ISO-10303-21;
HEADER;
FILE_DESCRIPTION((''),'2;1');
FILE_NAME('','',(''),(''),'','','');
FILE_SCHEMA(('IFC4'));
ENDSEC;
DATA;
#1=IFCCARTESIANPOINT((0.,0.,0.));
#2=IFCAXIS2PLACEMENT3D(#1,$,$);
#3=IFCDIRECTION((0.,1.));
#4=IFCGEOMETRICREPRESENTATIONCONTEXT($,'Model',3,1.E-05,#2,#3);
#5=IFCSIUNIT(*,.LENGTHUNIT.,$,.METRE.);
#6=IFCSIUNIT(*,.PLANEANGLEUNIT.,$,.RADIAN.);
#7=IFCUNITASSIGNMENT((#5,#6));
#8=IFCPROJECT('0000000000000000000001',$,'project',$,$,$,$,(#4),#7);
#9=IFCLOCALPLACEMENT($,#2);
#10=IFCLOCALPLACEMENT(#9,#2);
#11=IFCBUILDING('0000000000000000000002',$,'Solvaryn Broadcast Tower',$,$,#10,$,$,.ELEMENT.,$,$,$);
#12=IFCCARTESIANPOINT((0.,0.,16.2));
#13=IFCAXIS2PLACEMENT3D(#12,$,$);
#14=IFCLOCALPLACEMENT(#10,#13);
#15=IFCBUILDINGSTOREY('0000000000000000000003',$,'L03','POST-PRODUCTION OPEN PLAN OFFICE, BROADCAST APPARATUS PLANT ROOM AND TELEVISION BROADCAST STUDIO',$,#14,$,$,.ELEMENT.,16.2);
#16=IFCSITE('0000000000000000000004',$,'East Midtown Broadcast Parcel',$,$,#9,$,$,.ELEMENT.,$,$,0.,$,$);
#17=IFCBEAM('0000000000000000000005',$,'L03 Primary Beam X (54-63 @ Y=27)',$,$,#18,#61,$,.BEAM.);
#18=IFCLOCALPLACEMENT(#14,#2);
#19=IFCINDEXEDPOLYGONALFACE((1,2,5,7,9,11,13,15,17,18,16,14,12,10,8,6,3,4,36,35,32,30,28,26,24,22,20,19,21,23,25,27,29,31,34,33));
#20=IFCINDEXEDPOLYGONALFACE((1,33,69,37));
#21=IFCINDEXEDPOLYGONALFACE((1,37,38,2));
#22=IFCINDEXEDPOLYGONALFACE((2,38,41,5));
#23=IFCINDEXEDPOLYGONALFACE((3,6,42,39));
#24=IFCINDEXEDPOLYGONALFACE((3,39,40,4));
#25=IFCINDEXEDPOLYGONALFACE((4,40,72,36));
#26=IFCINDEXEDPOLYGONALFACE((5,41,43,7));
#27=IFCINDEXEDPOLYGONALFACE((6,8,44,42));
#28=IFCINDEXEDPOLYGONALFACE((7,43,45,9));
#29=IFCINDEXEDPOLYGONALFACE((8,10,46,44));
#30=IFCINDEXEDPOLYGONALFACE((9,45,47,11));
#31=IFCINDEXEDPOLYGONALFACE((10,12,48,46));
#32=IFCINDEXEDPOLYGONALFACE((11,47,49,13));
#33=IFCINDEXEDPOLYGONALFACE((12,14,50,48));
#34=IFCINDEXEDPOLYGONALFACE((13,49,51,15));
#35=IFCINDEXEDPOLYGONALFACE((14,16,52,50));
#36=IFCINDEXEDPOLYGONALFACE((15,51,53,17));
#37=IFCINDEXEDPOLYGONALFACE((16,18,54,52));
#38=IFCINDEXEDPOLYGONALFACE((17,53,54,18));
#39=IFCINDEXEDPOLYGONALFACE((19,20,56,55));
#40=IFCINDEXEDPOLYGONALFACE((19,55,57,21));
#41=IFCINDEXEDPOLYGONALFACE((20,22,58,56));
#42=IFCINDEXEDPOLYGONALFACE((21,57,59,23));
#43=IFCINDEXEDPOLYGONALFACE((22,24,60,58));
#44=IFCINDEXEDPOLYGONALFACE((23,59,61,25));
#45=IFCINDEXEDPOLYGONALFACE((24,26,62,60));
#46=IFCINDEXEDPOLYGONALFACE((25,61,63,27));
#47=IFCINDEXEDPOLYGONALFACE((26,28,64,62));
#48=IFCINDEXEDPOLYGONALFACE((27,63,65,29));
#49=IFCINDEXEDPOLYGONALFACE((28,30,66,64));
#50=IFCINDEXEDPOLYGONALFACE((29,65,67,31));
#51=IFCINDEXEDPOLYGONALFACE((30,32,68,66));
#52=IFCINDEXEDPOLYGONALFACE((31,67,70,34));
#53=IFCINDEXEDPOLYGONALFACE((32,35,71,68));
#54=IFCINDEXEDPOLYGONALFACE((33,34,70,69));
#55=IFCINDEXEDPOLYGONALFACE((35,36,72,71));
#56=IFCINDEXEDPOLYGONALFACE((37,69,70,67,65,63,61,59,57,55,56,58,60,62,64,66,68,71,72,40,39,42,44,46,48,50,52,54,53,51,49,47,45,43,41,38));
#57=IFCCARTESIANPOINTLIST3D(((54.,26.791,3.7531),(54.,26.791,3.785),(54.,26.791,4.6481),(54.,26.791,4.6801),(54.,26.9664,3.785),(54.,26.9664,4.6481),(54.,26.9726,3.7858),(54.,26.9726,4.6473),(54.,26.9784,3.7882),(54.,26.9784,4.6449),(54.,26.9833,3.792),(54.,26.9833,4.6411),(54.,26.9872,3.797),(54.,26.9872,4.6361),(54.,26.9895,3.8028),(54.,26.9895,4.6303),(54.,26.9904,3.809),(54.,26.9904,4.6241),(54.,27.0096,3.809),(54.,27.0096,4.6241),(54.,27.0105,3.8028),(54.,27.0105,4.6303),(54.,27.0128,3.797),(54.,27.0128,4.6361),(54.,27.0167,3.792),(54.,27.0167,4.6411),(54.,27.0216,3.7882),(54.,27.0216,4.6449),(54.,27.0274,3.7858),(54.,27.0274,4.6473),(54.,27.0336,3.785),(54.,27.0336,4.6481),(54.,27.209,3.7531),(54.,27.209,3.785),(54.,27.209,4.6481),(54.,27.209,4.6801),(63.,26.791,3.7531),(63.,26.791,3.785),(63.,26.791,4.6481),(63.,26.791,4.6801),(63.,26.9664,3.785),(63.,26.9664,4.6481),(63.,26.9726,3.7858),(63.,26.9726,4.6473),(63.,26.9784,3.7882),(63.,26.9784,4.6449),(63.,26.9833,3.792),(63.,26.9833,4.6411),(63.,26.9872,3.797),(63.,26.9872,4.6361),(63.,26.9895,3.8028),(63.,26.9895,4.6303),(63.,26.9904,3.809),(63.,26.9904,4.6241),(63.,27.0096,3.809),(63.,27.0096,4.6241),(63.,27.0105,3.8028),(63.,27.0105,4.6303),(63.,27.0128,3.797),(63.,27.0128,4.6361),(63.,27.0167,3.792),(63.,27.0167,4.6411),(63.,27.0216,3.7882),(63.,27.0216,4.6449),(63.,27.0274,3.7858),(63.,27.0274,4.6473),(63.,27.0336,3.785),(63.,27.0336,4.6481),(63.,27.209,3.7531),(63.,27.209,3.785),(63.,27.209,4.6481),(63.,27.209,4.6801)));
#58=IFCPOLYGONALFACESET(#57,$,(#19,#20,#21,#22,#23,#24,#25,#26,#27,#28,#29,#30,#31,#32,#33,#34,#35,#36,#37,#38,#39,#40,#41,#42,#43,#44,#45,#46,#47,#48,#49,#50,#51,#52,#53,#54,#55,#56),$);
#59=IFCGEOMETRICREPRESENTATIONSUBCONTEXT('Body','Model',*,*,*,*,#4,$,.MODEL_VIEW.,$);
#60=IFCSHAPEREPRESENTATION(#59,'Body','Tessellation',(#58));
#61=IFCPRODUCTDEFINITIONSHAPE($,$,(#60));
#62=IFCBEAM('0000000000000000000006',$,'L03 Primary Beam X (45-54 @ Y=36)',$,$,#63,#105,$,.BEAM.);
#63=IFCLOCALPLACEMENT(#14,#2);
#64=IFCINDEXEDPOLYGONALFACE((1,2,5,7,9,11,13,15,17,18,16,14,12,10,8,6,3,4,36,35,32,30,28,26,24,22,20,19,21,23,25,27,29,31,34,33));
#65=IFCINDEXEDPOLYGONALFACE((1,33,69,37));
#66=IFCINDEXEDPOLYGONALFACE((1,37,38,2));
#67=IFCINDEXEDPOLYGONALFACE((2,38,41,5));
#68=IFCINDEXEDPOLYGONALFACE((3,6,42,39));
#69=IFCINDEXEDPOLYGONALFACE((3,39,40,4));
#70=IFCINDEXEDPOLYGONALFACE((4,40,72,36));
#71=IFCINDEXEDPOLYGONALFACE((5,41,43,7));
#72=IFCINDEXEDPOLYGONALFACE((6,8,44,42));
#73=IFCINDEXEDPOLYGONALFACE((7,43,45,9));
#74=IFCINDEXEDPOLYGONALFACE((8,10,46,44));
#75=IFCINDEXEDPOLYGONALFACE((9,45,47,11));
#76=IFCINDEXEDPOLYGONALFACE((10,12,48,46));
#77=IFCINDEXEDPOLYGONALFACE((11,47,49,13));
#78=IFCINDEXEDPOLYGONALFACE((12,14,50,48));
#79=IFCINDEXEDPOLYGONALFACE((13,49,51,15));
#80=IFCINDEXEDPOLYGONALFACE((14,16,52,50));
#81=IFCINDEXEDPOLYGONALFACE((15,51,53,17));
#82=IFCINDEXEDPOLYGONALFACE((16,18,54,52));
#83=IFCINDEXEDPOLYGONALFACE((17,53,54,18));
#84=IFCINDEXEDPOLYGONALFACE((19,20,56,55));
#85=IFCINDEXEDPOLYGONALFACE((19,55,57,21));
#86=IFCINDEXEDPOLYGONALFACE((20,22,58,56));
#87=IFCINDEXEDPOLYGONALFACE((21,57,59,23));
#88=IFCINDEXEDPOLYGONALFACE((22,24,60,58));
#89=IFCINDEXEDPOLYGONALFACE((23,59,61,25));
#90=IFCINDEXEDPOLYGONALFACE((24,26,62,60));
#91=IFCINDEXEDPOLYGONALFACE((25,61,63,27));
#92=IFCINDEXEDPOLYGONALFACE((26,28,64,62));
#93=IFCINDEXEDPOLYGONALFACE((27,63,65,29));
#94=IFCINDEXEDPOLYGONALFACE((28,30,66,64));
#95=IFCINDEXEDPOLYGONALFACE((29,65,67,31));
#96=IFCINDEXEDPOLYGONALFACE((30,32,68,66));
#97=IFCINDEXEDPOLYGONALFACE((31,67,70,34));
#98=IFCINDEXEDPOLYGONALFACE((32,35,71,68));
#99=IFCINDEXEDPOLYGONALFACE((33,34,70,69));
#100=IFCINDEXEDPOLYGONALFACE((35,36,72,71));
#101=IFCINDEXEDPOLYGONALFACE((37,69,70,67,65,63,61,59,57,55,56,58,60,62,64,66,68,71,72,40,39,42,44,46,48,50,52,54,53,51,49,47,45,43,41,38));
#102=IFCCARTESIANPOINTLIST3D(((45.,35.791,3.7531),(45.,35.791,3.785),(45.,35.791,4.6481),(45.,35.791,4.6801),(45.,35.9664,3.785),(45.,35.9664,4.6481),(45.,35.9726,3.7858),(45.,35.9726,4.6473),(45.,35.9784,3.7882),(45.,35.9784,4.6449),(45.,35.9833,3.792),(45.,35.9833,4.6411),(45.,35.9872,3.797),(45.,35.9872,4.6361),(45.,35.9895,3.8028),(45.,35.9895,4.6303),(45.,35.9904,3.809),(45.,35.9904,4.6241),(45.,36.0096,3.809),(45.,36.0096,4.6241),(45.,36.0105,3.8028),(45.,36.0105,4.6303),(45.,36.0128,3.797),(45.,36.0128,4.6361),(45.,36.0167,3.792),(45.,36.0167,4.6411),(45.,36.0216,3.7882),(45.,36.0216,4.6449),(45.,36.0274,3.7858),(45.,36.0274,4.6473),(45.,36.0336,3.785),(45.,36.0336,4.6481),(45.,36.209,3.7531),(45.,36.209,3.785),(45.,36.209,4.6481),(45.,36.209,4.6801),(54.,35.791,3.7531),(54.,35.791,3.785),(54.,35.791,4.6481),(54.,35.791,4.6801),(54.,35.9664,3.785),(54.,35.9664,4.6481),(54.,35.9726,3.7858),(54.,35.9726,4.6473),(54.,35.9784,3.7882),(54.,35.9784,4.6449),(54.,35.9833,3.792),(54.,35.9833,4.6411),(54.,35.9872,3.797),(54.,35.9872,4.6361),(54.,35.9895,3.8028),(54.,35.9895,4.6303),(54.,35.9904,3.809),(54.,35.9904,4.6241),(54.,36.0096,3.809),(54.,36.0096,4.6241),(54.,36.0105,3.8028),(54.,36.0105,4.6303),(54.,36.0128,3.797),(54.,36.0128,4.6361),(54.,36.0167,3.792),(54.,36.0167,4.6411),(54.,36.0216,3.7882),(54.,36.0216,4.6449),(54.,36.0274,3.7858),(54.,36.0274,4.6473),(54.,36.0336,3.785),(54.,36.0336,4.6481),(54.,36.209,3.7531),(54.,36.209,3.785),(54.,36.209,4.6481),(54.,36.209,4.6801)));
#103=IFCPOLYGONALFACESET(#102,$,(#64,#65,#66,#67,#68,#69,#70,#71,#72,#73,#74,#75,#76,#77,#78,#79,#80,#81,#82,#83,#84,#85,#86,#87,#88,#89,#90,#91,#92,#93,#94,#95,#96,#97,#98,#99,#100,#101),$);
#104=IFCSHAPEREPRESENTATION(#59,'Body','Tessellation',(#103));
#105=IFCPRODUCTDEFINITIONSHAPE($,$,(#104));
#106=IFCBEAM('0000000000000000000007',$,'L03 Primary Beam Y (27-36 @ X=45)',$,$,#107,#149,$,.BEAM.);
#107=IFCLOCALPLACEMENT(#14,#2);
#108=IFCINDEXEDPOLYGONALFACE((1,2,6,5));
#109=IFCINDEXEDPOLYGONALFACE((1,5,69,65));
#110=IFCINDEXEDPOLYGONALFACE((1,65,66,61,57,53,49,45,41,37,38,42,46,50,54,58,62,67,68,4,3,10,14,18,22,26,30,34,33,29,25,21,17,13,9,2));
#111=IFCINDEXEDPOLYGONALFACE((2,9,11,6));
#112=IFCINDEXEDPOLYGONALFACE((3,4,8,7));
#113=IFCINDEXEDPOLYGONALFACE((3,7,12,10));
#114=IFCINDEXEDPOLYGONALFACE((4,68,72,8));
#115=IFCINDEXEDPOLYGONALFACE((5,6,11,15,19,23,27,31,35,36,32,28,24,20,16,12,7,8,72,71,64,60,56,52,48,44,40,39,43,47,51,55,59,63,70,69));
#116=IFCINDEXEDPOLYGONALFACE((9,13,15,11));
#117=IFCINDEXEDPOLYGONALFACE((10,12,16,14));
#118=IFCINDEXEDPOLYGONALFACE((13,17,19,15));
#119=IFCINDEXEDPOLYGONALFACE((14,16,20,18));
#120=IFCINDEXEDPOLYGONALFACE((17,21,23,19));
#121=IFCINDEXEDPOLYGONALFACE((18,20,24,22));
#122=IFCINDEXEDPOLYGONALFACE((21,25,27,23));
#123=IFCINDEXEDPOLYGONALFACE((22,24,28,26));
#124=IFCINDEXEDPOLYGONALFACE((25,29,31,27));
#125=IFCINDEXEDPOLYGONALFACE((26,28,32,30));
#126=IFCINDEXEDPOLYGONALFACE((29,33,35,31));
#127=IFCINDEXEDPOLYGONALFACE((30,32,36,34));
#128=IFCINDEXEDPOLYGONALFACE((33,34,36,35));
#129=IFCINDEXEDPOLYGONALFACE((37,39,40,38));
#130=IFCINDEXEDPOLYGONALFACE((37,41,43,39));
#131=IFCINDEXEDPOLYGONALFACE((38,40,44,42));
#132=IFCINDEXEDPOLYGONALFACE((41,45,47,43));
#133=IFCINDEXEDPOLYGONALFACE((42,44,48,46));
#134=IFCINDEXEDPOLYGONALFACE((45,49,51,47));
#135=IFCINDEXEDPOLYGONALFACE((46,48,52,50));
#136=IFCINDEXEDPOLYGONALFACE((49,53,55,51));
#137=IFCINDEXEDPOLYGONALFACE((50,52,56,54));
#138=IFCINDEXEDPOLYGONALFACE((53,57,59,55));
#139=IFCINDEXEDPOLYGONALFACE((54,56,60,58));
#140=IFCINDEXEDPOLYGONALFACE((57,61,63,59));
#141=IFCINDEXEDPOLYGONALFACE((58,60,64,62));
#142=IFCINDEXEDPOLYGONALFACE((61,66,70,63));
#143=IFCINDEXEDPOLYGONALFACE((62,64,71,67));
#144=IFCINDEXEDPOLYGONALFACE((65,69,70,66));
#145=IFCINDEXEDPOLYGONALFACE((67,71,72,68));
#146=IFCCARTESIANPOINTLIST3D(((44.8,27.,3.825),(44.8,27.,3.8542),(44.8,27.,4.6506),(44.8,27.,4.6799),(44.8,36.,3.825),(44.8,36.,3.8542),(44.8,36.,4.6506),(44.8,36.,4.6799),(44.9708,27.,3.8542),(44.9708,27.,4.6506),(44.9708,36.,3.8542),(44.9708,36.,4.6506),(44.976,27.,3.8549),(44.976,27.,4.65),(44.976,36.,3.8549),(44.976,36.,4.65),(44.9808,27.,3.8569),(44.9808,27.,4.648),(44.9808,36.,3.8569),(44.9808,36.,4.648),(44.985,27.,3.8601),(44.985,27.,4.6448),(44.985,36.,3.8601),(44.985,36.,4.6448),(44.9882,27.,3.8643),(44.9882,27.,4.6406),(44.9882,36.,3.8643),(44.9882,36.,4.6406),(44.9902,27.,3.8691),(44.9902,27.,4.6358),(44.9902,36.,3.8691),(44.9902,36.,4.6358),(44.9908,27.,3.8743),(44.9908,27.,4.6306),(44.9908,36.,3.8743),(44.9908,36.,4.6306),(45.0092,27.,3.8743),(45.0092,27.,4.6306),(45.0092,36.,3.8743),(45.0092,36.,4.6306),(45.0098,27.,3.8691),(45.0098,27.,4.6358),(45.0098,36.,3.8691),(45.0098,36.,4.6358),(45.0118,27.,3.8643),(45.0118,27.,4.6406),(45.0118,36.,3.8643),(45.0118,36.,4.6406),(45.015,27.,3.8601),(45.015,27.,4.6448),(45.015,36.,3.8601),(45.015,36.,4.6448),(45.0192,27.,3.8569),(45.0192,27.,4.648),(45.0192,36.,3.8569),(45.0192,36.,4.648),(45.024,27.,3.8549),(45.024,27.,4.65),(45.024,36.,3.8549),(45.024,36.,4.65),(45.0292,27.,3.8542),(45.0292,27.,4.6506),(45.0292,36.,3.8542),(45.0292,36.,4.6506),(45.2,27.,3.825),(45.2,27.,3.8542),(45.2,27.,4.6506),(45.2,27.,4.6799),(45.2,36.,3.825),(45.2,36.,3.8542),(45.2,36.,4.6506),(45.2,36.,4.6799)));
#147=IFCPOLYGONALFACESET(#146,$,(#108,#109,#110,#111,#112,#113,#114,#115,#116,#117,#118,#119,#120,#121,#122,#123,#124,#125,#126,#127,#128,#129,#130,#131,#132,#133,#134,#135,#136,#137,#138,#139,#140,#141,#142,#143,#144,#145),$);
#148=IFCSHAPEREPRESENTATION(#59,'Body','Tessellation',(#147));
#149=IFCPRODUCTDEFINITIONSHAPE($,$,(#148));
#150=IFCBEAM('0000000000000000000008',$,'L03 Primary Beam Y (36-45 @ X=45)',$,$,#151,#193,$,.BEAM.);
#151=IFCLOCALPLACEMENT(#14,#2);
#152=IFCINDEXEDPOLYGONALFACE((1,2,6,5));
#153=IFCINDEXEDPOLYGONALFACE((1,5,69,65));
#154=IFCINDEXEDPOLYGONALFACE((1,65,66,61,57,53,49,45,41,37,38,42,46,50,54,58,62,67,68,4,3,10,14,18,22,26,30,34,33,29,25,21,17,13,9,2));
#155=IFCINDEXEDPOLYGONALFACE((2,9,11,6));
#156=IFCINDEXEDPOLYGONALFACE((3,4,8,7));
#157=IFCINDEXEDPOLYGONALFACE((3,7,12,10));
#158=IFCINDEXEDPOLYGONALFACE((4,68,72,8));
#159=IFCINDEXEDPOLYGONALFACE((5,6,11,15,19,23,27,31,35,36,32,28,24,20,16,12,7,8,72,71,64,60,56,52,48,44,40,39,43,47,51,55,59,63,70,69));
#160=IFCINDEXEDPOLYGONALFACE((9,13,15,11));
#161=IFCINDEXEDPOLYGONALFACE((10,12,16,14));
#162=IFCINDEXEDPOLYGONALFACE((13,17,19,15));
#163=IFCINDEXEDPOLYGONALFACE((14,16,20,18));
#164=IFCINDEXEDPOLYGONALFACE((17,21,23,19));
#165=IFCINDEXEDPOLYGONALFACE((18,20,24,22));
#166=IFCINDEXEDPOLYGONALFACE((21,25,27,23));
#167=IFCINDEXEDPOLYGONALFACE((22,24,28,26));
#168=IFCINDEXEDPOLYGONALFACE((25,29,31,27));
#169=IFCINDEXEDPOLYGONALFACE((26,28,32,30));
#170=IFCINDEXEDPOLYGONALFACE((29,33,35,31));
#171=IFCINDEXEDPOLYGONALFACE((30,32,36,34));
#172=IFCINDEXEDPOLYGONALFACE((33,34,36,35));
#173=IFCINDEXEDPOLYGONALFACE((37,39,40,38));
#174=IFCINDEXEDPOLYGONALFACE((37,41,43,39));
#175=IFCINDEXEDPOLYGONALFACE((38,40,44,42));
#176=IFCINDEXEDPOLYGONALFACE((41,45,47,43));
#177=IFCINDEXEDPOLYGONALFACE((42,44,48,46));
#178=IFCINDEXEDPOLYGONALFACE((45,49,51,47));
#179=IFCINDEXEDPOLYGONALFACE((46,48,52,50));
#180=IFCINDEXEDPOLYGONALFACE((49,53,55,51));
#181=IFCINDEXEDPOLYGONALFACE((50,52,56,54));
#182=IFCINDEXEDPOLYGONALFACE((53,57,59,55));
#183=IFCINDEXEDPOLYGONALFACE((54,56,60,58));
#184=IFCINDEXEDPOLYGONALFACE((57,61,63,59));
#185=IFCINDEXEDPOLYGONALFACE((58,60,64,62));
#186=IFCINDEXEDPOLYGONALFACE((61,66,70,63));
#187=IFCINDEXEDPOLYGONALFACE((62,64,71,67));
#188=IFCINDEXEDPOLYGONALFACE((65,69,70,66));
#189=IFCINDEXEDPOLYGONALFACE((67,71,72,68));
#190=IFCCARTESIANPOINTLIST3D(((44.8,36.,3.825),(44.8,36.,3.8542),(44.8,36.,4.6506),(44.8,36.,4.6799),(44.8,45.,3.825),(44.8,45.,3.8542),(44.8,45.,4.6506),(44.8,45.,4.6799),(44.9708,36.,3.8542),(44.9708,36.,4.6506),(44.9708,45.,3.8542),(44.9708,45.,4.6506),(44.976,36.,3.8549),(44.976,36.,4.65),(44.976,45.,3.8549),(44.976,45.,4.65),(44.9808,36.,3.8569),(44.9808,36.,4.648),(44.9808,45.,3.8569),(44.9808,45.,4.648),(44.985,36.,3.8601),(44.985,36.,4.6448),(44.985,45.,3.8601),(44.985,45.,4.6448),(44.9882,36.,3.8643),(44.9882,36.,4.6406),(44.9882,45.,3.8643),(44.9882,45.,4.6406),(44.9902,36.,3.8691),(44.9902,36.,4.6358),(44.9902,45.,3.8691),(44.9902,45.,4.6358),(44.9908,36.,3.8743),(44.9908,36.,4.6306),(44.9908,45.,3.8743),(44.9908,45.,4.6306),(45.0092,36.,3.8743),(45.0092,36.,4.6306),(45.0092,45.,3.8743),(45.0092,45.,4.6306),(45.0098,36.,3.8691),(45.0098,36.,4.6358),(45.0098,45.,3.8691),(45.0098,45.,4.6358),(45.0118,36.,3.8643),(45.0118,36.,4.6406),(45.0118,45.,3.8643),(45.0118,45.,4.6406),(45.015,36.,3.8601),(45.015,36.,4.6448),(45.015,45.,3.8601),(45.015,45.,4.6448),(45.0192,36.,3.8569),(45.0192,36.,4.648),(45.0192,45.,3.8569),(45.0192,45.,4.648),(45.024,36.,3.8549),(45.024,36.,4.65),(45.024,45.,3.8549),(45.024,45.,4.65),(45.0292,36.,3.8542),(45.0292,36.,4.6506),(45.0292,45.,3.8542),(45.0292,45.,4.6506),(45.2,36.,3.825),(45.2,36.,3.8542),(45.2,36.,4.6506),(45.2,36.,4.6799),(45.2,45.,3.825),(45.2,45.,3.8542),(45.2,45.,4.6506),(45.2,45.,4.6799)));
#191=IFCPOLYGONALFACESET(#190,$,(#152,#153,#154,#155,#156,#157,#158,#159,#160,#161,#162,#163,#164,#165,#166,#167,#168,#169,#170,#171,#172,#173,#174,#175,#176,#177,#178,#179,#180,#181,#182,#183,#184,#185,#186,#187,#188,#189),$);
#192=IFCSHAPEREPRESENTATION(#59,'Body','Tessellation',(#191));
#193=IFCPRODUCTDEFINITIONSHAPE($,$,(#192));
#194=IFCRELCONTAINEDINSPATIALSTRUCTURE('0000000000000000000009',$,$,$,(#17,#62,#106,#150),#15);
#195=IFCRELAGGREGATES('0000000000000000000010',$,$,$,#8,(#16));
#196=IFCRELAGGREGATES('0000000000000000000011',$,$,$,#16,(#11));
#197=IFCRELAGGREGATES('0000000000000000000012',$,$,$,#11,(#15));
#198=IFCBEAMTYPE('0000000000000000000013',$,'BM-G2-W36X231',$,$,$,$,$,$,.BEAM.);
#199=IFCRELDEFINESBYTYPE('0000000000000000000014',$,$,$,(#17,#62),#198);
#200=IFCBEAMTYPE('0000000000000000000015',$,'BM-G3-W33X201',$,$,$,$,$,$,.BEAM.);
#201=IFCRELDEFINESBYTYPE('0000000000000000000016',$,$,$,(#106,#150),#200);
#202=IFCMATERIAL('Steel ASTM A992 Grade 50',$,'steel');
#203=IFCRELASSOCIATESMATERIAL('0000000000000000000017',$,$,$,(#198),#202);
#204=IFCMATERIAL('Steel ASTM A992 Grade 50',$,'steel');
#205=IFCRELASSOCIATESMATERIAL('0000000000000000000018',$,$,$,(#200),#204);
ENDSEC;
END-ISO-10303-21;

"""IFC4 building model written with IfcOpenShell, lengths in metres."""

from ifc_helpers import new_model, si_unit, direction, frame, origin, origin_2d, place, context, subcontext, project, spatial, i_section, extrude, material, material_profile, profile_set, type_object, element, save


model = new_model("IFC4")

# Units and contexts
model_context = context("Model", 3, precision=1e-05, world=origin(), true_north=direction((0.0, 1.0)))
body_context = subcontext(model_context, "Body", "Model", "MODEL_VIEW")
ifc_project = project(units=[si_unit("LENGTHUNIT", "METRE"), si_unit("PLANEANGLEUNIT", "RADIAN")], contexts=[model_context])

# Site, building, storey
site_placement = place(None, origin())
site = spatial("IfcSite", under=ifc_project, at=site_placement, Name="East Midtown Broadcast Parcel", CompositionType="ELEMENT", RefElevation=0.0)
building_placement = place(site_placement, origin())
building = spatial("IfcBuilding", under=site, at=building_placement, Name="Solvaryn Broadcast Tower", CompositionType="ELEMENT")
storey_placement = place(building_placement, frame((0.0, 0.0, 16.2)))
storey = spatial("IfcBuildingStorey", under=building, at=storey_placement, Name="L03", Description="POST-PRODUCTION OPEN PLAN OFFICE, BROADCAST APPARATUS PLANT ROOM AND TELEVISION BROADCAST STUDIO", CompositionType="ELEMENT", Elevation=16.2)

# Beams
ifc_material_1 = material(Name="Steel ASTM A992 Grade 50", Category="steel")
ifc_material_profile_1 = material_profile(ifc_material_1, i_section(OverallWidth=0.418, OverallDepth=0.927, WebThickness=0.0193, FlangeThickness=0.032, FilletRadius=0.0239, at=origin_2d()))
ifc_profile_set_1 = profile_set([ifc_material_profile_1], Name="Steel ASTM A992 Grade 50")
beam_type_1 = type_object("IfcBeamType", Name="BM-G2-W36X231", PredefinedType="BEAM", material=ifc_profile_set_1)
for number, where, z_axis, x_axis, name in (
    (1, (54.0, 27.0, 4.2166), (1.0, 0.0, 0.0), (0.0, 1.0, 0.0), "L03 Primary Beam X (54-63 @ Y=27)"),
    (2, (45.0, 36.0, 4.2166), (1.0, 0.0, 0.0), (0.0, 1.0, 0.0), "L03 Primary Beam X (45-54 @ Y=36)"),
):
    element("IfcBeam", number, at=place(storey_placement, frame(where, z_axis=z_axis, x_axis=x_axis)), inside=storey, type_object=beam_type_1, Name=name, PredefinedType="BEAM", context=body_context, shape_type="SweptSolid", body=[
        extrude(i_section(OverallWidth=0.418, OverallDepth=0.927, WebThickness=0.0193, FlangeThickness=0.032, FilletRadius=0.0239, at=origin_2d()), origin(), (0.0, 0.0, 1.0), 9.0),
    ])
ifc_material_2 = material(Name="Steel ASTM A992 Grade 50", Category="steel")
ifc_material_profile_2 = material_profile(ifc_material_2, i_section(OverallWidth=0.3999, OverallDepth=0.855, WebThickness=0.0183, FlangeThickness=0.0293, FilletRadius=0.02, at=origin_2d()))
ifc_profile_set_2 = profile_set([ifc_material_profile_2], Name="Steel ASTM A992 Grade 50")
beam_type_2 = type_object("IfcBeamType", Name="BM-G3-W33X201", PredefinedType="BEAM", material=ifc_profile_set_2)
for number, where, z_axis, x_axis, name in (
    (3, (45.0, 27.0, 4.2524), (0.0, 1.0, 0.0), (-1.0, 0.0, 0.0), "L03 Primary Beam Y (27-36 @ X=45)"),
    (4, (45.0, 36.0, 4.2524), (0.0, 1.0, 0.0), (-1.0, 0.0, 0.0), "L03 Primary Beam Y (36-45 @ X=45)"),
):
    element("IfcBeam", number, at=place(storey_placement, frame(where, z_axis=z_axis, x_axis=x_axis)), inside=storey, type_object=beam_type_2, Name=name, PredefinedType="BEAM", context=body_context, shape_type="SweptSolid", body=[
        extrude(i_section(OverallWidth=0.3999, OverallDepth=0.855, WebThickness=0.0183, FlangeThickness=0.0293, FilletRadius=0.02, at=origin_2d()), origin(), (0.0, 0.0, 1.0), 9.0),
    ])

save(model, "model.ifc")
